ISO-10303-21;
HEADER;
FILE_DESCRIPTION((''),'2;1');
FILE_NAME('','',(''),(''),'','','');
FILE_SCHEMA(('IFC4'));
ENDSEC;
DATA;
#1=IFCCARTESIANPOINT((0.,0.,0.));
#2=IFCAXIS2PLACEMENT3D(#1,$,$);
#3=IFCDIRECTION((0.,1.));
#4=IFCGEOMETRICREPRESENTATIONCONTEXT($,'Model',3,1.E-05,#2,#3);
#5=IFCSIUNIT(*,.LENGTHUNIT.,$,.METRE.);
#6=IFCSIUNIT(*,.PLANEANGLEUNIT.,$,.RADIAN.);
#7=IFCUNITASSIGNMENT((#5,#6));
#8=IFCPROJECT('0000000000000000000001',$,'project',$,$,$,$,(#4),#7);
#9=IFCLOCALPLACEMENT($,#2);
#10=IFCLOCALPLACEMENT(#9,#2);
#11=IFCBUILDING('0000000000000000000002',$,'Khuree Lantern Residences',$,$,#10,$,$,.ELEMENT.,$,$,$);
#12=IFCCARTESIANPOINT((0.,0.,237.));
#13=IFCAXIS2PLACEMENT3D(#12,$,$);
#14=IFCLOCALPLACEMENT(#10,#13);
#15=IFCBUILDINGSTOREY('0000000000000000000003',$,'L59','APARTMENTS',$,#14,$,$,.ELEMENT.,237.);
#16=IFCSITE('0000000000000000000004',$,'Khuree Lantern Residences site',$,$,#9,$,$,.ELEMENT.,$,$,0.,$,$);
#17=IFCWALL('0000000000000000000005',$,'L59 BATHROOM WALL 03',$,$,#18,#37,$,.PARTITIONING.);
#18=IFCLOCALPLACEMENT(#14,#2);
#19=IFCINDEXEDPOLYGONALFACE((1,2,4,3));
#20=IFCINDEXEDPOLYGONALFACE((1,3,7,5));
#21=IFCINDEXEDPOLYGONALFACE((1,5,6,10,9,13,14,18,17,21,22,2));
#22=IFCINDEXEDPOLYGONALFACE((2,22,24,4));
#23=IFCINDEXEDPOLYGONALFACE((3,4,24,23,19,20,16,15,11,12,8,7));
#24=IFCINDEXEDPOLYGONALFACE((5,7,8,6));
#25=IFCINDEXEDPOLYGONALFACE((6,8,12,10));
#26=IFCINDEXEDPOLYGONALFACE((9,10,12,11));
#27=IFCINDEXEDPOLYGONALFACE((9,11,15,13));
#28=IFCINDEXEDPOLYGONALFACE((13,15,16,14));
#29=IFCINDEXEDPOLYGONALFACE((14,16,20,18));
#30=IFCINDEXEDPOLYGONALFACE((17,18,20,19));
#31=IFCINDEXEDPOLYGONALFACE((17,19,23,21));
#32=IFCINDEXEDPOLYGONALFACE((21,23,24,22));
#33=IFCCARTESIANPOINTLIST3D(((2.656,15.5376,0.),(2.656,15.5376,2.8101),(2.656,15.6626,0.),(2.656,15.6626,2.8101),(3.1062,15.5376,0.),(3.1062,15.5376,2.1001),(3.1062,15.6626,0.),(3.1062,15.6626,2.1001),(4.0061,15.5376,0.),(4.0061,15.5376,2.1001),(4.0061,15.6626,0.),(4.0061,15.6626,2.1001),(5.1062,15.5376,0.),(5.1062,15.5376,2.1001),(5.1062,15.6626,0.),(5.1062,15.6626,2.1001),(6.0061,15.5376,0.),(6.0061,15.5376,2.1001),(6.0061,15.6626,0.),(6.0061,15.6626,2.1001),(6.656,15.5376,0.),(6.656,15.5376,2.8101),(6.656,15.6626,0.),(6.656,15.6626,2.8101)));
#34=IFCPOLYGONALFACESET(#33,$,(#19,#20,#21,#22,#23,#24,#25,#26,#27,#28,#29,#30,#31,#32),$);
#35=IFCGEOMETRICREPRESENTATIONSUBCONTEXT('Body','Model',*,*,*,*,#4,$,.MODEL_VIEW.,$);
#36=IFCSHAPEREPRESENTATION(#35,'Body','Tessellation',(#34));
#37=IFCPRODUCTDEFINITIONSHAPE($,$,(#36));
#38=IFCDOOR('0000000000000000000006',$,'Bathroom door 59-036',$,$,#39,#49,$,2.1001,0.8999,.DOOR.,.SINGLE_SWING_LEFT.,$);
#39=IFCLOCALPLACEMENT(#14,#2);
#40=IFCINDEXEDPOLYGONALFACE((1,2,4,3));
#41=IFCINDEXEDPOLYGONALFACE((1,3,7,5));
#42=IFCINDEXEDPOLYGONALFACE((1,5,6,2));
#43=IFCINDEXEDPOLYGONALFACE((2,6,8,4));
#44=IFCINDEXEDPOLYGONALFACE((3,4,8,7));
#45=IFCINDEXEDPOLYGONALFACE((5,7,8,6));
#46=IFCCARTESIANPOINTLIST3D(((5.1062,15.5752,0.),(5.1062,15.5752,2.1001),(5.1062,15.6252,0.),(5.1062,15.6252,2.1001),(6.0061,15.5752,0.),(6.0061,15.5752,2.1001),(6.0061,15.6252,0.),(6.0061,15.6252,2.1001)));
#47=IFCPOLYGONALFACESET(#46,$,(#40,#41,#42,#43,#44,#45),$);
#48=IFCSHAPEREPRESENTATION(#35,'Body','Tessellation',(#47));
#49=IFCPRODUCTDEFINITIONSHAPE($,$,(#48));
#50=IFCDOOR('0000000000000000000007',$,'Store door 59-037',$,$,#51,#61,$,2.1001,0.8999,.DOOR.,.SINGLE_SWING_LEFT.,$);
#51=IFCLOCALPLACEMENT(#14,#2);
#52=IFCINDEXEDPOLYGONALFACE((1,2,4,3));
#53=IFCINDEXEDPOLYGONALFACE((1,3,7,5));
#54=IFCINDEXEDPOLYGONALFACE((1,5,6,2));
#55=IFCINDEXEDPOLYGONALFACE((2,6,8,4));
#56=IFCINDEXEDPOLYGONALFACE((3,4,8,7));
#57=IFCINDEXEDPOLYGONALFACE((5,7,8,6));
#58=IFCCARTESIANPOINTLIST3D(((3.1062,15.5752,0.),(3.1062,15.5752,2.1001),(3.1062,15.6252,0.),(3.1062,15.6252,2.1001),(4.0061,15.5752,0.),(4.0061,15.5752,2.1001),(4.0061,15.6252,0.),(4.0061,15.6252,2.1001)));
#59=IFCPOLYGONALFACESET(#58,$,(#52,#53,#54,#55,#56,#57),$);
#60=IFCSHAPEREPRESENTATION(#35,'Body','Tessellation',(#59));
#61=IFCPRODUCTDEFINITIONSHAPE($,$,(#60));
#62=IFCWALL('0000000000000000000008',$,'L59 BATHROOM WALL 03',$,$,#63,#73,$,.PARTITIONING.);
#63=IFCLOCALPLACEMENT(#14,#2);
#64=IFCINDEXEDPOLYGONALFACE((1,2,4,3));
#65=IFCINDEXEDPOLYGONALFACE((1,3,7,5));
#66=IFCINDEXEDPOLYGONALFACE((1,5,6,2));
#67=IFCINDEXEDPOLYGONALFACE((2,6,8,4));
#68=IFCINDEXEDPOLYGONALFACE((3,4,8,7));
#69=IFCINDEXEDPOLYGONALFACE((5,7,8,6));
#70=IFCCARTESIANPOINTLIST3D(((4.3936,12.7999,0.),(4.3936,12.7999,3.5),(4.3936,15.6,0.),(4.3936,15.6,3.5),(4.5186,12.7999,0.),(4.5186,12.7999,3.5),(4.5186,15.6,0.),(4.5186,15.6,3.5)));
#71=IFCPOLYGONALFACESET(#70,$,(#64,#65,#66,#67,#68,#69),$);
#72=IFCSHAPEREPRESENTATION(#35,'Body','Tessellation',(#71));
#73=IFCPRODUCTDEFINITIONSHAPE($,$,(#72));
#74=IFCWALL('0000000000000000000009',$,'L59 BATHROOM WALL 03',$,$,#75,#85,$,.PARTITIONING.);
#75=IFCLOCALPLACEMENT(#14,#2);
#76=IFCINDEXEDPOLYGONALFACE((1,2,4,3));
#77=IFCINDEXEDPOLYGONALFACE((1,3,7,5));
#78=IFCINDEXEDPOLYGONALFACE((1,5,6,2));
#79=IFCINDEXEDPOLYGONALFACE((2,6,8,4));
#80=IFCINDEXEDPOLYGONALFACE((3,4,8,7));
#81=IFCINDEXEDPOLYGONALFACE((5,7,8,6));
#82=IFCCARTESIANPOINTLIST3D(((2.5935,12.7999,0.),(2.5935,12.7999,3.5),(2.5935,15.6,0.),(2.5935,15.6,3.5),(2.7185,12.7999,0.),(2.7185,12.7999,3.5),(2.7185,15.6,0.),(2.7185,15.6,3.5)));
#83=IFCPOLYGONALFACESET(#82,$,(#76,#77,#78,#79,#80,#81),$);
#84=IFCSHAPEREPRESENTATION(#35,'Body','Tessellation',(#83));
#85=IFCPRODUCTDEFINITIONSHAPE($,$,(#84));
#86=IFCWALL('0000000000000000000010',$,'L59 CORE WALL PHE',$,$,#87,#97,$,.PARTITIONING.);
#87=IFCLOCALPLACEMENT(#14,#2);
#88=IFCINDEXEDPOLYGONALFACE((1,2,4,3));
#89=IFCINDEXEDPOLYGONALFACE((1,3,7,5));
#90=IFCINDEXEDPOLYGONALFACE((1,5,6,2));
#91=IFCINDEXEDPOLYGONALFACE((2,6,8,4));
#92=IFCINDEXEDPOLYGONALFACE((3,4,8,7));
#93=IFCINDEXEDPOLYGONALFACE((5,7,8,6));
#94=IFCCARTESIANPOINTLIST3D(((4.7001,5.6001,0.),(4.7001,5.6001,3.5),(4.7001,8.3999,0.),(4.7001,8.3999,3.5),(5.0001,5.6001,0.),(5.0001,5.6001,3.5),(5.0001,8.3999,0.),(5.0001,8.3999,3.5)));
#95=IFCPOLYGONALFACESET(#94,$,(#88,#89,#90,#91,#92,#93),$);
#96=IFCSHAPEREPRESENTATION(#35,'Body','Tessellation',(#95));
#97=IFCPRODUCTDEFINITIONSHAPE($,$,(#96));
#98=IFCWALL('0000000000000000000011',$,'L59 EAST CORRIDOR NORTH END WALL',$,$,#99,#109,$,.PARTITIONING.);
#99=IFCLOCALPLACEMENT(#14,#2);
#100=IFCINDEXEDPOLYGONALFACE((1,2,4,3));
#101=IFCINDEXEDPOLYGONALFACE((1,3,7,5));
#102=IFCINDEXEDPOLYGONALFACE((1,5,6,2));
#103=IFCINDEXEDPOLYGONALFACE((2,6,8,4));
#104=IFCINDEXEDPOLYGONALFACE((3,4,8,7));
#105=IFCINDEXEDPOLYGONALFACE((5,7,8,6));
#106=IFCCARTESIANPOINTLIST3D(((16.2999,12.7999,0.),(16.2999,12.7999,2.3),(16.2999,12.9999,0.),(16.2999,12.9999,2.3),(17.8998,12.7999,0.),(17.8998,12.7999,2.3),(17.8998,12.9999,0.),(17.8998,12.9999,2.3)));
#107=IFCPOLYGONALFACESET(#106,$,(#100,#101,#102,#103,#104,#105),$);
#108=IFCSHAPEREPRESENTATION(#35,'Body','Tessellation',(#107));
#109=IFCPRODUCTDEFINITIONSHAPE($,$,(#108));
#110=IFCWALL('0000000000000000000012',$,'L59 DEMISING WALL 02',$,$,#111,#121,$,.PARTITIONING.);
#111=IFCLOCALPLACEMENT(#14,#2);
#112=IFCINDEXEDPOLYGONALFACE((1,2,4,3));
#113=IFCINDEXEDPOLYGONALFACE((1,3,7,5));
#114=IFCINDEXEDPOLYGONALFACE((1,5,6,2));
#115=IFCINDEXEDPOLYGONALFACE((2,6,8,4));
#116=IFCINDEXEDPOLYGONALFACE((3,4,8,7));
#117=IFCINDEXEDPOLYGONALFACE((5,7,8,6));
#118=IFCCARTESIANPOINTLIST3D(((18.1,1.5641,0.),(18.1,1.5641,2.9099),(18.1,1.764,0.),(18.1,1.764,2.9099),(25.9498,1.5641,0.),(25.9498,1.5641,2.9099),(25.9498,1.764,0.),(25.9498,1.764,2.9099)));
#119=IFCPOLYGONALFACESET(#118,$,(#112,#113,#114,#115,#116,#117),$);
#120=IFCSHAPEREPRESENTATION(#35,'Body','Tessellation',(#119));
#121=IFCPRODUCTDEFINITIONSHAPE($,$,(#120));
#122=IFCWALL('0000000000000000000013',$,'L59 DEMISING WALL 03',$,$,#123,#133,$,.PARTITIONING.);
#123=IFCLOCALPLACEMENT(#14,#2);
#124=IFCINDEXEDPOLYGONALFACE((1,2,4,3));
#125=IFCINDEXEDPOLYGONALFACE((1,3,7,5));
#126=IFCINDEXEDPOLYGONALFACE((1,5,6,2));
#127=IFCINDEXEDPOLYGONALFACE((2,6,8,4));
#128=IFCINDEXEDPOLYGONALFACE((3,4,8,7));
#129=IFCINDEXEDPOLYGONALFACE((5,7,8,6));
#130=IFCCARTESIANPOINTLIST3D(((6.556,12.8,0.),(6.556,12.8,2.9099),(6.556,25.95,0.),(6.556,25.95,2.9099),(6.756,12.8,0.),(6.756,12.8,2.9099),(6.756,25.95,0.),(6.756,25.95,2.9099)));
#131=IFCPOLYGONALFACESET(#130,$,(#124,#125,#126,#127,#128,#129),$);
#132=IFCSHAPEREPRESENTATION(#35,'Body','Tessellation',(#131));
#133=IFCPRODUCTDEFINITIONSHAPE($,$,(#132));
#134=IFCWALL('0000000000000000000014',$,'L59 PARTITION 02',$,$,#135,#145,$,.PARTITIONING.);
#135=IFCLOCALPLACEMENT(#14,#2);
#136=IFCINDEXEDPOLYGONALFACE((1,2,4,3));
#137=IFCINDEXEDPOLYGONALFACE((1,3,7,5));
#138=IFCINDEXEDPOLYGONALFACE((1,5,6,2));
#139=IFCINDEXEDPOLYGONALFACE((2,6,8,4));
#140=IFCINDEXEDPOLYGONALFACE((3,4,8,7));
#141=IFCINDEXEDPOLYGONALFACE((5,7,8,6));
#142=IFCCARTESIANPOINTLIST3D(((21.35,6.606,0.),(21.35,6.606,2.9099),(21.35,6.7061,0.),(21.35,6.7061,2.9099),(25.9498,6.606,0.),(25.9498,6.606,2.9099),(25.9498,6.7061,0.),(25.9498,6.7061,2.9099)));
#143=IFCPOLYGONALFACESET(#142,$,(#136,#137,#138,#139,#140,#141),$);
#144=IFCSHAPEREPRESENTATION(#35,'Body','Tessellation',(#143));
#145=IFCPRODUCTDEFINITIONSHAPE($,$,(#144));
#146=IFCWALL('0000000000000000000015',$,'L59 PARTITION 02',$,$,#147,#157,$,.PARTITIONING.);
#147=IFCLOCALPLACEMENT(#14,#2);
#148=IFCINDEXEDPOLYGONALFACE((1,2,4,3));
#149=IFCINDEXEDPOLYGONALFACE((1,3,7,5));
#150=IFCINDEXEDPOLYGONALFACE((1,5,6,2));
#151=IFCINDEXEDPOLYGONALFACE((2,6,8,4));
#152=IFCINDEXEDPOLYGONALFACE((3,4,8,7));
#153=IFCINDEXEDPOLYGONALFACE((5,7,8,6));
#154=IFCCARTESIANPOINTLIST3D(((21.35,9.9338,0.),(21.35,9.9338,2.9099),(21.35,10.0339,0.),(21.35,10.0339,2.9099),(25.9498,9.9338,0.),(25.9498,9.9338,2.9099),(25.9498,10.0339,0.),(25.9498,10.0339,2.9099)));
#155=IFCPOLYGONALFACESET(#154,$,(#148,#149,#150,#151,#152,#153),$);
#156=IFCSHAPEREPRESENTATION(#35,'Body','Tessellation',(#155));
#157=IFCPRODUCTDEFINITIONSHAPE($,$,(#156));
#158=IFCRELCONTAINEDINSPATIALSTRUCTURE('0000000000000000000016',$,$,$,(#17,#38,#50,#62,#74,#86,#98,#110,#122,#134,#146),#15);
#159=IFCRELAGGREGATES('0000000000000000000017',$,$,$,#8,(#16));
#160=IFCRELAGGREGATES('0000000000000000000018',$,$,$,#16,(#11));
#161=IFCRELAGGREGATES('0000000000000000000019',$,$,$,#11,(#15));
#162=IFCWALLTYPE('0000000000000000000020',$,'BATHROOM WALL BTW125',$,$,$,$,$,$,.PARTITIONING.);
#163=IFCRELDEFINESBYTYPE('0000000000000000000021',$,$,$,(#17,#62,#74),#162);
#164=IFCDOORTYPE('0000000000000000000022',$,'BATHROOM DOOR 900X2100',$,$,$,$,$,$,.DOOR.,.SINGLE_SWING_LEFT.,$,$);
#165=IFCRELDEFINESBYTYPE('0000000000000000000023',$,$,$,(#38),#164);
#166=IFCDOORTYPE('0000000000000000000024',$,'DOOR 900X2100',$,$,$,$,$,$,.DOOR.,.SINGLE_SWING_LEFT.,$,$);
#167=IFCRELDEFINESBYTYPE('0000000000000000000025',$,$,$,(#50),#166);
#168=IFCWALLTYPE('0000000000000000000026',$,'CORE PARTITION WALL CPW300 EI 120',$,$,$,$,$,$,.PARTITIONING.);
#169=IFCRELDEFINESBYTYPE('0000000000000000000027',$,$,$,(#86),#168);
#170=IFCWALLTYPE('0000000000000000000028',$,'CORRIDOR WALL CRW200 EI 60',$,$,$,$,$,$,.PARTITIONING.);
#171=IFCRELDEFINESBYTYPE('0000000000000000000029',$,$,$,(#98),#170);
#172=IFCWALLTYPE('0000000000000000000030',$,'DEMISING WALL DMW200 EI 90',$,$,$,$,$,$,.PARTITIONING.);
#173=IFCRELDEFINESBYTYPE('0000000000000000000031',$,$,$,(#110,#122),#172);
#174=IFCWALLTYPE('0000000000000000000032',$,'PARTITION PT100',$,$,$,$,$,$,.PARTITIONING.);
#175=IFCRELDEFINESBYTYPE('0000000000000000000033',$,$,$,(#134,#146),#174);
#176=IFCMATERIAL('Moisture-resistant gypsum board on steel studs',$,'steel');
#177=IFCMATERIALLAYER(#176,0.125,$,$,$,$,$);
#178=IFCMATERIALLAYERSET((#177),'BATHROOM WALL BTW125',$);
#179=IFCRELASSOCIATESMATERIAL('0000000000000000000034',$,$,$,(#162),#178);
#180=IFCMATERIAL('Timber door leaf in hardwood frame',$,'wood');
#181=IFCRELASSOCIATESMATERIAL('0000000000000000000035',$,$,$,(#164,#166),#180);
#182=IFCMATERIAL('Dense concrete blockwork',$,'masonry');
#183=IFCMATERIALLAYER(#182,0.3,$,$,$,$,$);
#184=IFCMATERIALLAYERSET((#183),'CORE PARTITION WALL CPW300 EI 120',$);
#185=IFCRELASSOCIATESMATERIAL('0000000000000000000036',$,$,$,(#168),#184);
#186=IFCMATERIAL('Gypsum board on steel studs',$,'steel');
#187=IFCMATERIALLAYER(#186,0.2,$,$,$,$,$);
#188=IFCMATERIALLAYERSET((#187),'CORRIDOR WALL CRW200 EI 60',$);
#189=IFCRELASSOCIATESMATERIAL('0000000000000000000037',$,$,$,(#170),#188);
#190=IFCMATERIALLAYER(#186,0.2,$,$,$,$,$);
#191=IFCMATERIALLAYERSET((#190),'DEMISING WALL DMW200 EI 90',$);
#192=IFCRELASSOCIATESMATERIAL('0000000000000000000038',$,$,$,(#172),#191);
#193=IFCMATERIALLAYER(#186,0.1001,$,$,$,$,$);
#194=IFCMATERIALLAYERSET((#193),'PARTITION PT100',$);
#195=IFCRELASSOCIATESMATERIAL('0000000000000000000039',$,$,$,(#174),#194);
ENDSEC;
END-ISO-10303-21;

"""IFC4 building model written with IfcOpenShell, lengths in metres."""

from ifc_helpers import new_model, si_unit, direction, frame, frame_2d, origin, place, context, subcontext, project, spatial, rectangle, extrude, material, layer, layer_set, type_object, element, fill, save


model = new_model("IFC4")

# Units and contexts
model_context = context("Model", 3, precision=1e-05, world=origin(), true_north=direction((0.0, 1.0)))
body_context = subcontext(model_context, "Body", "Model", "MODEL_VIEW")
ifc_project = project(units=[si_unit("LENGTHUNIT", "METRE"), si_unit("PLANEANGLEUNIT", "RADIAN")], contexts=[model_context])

# Site, building, storey
site_placement = place(None, origin())
site = spatial("IfcSite", under=ifc_project, at=site_placement, Name="Khuree Lantern Residences site", CompositionType="ELEMENT", RefElevation=0.0)
building_placement = place(site_placement, origin())
building = spatial("IfcBuilding", under=site, at=building_placement, Name="Khuree Lantern Residences", CompositionType="ELEMENT")
storey_placement = place(building_placement, frame((0.0, 0.0, 237.0)))
storey = spatial("IfcBuildingStorey", under=building, at=storey_placement, Name="L59", Description="APARTMENTS", CompositionType="ELEMENT", Elevation=237.0)

# Shared definitions
ifc_material_1 = material(Name="Moisture-resistant gypsum board on steel studs", Category="steel")
ifc_layer_1 = layer(ifc_material_1, 0.125)
ifc_layer_set_1 = layer_set([ifc_layer_1], Name="BATHROOM WALL BTW125")
wall_type_1 = type_object("IfcWallType", Name="BATHROOM WALL BTW125", PredefinedType="PARTITIONING", material=ifc_layer_set_1)
ifc_material_2 = material(Name="Timber door leaf in hardwood frame", Category="wood")
door_type_1 = type_object("IfcDoorType", Name="BATHROOM DOOR 900X2100", OperationType="SINGLE_SWING_LEFT", PredefinedType="DOOR", material=ifc_material_2)

# Wall, openings, doors
wall_1_placement = place(storey_placement, frame((6.656, 15.6001, 0.0), z_axis=(0.0, 0.0, 1.0), x_axis=(-1.0, 0.0, 0.0)))
wall_1 = element("IfcWall", 1, at=wall_1_placement, inside=storey, type_object=wall_type_1, Name="L59 BATHROOM WALL 03", PredefinedType="PARTITIONING", context=body_context, shape_type="SweptSolid", body=[
    extrude(rectangle(XDim=4.0, YDim=0.125, at=frame_2d((2.0, 0.0))), origin(), (0.0, 0.0, 1.0), 2.8101),
])
opening_1_placement = place(wall_1_placement, frame((0.6499, 0.0, 0.0)))
opening_1 = element("IfcOpeningElement", 2, at=opening_1_placement, cuts=wall_1, PredefinedType="OPENING", context=body_context, shape_type="SweptSolid", body=[
    extrude(rectangle(XDim=0.8999, YDim=2.1001, at=frame_2d((0.45, 1.05))), frame((0.0, 0.0725, 0.0), z_axis=(0.0, -1.0, 0.0), x_axis=(1.0, 0.0, 0.0)), (0.0, 0.0, 1.0), 0.145),
])
opening_2_placement = place(wall_1_placement, frame((2.6499, 0.0, 0.0)))
opening_2 = element("IfcOpeningElement", 3, at=opening_2_placement, cuts=wall_1, PredefinedType="OPENING", context=body_context, shape_type="SweptSolid", body=[
    extrude(rectangle(XDim=0.8999, YDim=2.1001, at=frame_2d((0.45, 1.05))), frame((0.0, 0.0725, 0.0), z_axis=(0.0, -1.0, 0.0), x_axis=(1.0, 0.0, 0.0)), (0.0, 0.0, 1.0), 0.145),
])
door_1_placement = place(opening_1_placement, origin())
door_1 = element("IfcDoor", 4, at=door_1_placement, inside=storey, type_object=door_type_1, Name="Bathroom door 59-036", OperationType="SINGLE_SWING_LEFT", OverallHeight=2.1001, OverallWidth=0.8999, PredefinedType="DOOR", context=body_context, shape_type="SweptSolid", body=[
    extrude(rectangle(XDim=0.8999, YDim=2.1001, at=frame_2d((0.45, 1.05))), frame((0.0, 0.0249, 0.0), z_axis=(0.0, -1.0, 0.0), x_axis=(1.0, 0.0, 0.0)), (0.0, 0.0, 1.0), 0.05),
])
fill(opening_1, door_1)
door_type_2 = type_object("IfcDoorType", Name="DOOR 900X2100", OperationType="SINGLE_SWING_LEFT", PredefinedType="DOOR", material=ifc_material_2)
door_2_placement = place(opening_2_placement, origin())
door_2 = element("IfcDoor", 5, at=door_2_placement, inside=storey, type_object=door_type_2, Name="Store door 59-037", OperationType="SINGLE_SWING_LEFT", OverallHeight=2.1001, OverallWidth=0.8999, PredefinedType="DOOR", context=body_context, shape_type="SweptSolid", body=[
    extrude(rectangle(XDim=0.8999, YDim=2.1001, at=frame_2d((0.45, 1.05))), frame((0.0, 0.0249, 0.0), z_axis=(0.0, -1.0, 0.0), x_axis=(1.0, 0.0, 0.0)), (0.0, 0.0, 1.0), 0.05),
])
fill(opening_2, door_2)

# Walls
for number, where, z_axis, x_axis, name in (
    (6, (4.4561, 12.8, 0.0), (0.0, 0.0, 1.0), (0.0, 1.0, 0.0), "L59 BATHROOM WALL 03"),
    (7, (2.656, 12.8, 0.0), (0.0, 0.0, 1.0), (0.0, 1.0, 0.0), "L59 BATHROOM WALL 03"),
):
    element("IfcWall", number, at=place(storey_placement, frame(where, z_axis=z_axis, x_axis=x_axis)), inside=storey, type_object=wall_type_1, Name=name, PredefinedType="PARTITIONING", context=body_context, shape_type="SweptSolid", body=[
        extrude(rectangle(XDim=2.8, YDim=0.125, at=frame_2d((1.3999, 0.0))), origin(), (0.0, 0.0, 1.0), 3.5),
    ])
ifc_material_3 = material(Name="Dense concrete blockwork", Category="masonry")
ifc_layer_2 = layer(ifc_material_3, 0.3)
ifc_layer_set_2 = layer_set([ifc_layer_2], Name="CORE PARTITION WALL CPW300 EI 120")
wall_type_2 = type_object("IfcWallType", Name="CORE PARTITION WALL CPW300 EI 120", PredefinedType="PARTITIONING", material=ifc_layer_set_2)
wall_2_placement = place(storey_placement, frame((4.8501, 5.6001, 0.0), z_axis=(0.0, 0.0, 1.0), x_axis=(0.0, 1.0, 0.0)))
element("IfcWall", 8, at=wall_2_placement, inside=storey, type_object=wall_type_2, Name="L59 CORE WALL PHE", PredefinedType="PARTITIONING", context=body_context, shape_type="SweptSolid", body=[
    extrude(rectangle(XDim=2.7998, YDim=0.3, at=frame_2d((1.3999, 0.0))), origin(), (0.0, 0.0, 1.0), 3.5),
])
ifc_material_4 = material(Name="Gypsum board on steel studs", Category="steel")
ifc_layer_3 = layer(ifc_material_4, 0.2)
ifc_layer_set_3 = layer_set([ifc_layer_3], Name="CORRIDOR WALL CRW200 EI 60")
wall_type_3 = type_object("IfcWallType", Name="CORRIDOR WALL CRW200 EI 60", PredefinedType="PARTITIONING", material=ifc_layer_set_3)
wall_3_placement = place(storey_placement, frame((16.3, 12.8999, 0.0), z_axis=(0.0, 0.0, 1.0), x_axis=(1.0, 0.0, 0.0)))
element("IfcWall", 9, at=wall_3_placement, inside=storey, type_object=wall_type_3, Name="L59 EAST CORRIDOR NORTH END WALL", PredefinedType="PARTITIONING", context=body_context, shape_type="SweptSolid", body=[
    extrude(rectangle(XDim=1.5999, YDim=0.2, at=frame_2d((0.7998, 0.0))), origin(), (0.0, 0.0, 1.0), 2.3),
])
ifc_layer_4 = layer(ifc_material_4, 0.2)
ifc_layer_set_4 = layer_set([ifc_layer_4], Name="DEMISING WALL DMW200 EI 90")
wall_type_4 = type_object("IfcWallType", Name="DEMISING WALL DMW200 EI 90", PredefinedType="PARTITIONING", material=ifc_layer_set_4)
wall_4_placement = place(storey_placement, frame((18.1001, 1.6641, 0.0), z_axis=(0.0, 0.0, 1.0), x_axis=(1.0, 0.0, 0.0)))
element("IfcWall", 10, at=wall_4_placement, inside=storey, type_object=wall_type_4, Name="L59 DEMISING WALL 02", PredefinedType="PARTITIONING", context=body_context, shape_type="SweptSolid", body=[
    extrude(rectangle(XDim=7.8499, YDim=0.2, at=frame_2d((3.9248, 0.0))), origin(), (0.0, 0.0, 1.0), 2.9099),
])
wall_5_placement = place(storey_placement, frame((6.656, 12.8, 0.0), z_axis=(0.0, 0.0, 1.0), x_axis=(0.0, 1.0, 0.0)))
element("IfcWall", 11, at=wall_5_placement, inside=storey, type_object=wall_type_4, Name="L59 DEMISING WALL 03", PredefinedType="PARTITIONING", context=body_context, shape_type="SweptSolid", body=[
    extrude(rectangle(XDim=13.1499, YDim=0.2, at=frame_2d((6.575, 0.0))), origin(), (0.0, 0.0, 1.0), 2.9099),
])
ifc_layer_5 = layer(ifc_material_4, 0.1001)
ifc_layer_set_5 = layer_set([ifc_layer_5], Name="PARTITION PT100")
wall_type_5 = type_object("IfcWallType", Name="PARTITION PT100", PredefinedType="PARTITIONING", material=ifc_layer_set_5)
for number, where, z_axis, x_axis, name in (
    (12, (21.3501, 6.656, 0.0), (0.0, 0.0, 1.0), (1.0, 0.0, 0.0), "L59 PARTITION 02"),
    (13, (21.3501, 9.9839, 0.0), (0.0, 0.0, 1.0), (1.0, 0.0, 0.0), "L59 PARTITION 02"),
):
    element("IfcWall", number, at=place(storey_placement, frame(where, z_axis=z_axis, x_axis=x_axis)), inside=storey, type_object=wall_type_5, Name=name, PredefinedType="PARTITIONING", context=body_context, shape_type="SweptSolid", body=[
        extrude(rectangle(XDim=4.5999, YDim=0.1001, at=frame_2d((2.2998, 0.0))), origin(), (0.0, 0.0, 1.0), 2.9099),
    ])

save(model, "model.ifc")
